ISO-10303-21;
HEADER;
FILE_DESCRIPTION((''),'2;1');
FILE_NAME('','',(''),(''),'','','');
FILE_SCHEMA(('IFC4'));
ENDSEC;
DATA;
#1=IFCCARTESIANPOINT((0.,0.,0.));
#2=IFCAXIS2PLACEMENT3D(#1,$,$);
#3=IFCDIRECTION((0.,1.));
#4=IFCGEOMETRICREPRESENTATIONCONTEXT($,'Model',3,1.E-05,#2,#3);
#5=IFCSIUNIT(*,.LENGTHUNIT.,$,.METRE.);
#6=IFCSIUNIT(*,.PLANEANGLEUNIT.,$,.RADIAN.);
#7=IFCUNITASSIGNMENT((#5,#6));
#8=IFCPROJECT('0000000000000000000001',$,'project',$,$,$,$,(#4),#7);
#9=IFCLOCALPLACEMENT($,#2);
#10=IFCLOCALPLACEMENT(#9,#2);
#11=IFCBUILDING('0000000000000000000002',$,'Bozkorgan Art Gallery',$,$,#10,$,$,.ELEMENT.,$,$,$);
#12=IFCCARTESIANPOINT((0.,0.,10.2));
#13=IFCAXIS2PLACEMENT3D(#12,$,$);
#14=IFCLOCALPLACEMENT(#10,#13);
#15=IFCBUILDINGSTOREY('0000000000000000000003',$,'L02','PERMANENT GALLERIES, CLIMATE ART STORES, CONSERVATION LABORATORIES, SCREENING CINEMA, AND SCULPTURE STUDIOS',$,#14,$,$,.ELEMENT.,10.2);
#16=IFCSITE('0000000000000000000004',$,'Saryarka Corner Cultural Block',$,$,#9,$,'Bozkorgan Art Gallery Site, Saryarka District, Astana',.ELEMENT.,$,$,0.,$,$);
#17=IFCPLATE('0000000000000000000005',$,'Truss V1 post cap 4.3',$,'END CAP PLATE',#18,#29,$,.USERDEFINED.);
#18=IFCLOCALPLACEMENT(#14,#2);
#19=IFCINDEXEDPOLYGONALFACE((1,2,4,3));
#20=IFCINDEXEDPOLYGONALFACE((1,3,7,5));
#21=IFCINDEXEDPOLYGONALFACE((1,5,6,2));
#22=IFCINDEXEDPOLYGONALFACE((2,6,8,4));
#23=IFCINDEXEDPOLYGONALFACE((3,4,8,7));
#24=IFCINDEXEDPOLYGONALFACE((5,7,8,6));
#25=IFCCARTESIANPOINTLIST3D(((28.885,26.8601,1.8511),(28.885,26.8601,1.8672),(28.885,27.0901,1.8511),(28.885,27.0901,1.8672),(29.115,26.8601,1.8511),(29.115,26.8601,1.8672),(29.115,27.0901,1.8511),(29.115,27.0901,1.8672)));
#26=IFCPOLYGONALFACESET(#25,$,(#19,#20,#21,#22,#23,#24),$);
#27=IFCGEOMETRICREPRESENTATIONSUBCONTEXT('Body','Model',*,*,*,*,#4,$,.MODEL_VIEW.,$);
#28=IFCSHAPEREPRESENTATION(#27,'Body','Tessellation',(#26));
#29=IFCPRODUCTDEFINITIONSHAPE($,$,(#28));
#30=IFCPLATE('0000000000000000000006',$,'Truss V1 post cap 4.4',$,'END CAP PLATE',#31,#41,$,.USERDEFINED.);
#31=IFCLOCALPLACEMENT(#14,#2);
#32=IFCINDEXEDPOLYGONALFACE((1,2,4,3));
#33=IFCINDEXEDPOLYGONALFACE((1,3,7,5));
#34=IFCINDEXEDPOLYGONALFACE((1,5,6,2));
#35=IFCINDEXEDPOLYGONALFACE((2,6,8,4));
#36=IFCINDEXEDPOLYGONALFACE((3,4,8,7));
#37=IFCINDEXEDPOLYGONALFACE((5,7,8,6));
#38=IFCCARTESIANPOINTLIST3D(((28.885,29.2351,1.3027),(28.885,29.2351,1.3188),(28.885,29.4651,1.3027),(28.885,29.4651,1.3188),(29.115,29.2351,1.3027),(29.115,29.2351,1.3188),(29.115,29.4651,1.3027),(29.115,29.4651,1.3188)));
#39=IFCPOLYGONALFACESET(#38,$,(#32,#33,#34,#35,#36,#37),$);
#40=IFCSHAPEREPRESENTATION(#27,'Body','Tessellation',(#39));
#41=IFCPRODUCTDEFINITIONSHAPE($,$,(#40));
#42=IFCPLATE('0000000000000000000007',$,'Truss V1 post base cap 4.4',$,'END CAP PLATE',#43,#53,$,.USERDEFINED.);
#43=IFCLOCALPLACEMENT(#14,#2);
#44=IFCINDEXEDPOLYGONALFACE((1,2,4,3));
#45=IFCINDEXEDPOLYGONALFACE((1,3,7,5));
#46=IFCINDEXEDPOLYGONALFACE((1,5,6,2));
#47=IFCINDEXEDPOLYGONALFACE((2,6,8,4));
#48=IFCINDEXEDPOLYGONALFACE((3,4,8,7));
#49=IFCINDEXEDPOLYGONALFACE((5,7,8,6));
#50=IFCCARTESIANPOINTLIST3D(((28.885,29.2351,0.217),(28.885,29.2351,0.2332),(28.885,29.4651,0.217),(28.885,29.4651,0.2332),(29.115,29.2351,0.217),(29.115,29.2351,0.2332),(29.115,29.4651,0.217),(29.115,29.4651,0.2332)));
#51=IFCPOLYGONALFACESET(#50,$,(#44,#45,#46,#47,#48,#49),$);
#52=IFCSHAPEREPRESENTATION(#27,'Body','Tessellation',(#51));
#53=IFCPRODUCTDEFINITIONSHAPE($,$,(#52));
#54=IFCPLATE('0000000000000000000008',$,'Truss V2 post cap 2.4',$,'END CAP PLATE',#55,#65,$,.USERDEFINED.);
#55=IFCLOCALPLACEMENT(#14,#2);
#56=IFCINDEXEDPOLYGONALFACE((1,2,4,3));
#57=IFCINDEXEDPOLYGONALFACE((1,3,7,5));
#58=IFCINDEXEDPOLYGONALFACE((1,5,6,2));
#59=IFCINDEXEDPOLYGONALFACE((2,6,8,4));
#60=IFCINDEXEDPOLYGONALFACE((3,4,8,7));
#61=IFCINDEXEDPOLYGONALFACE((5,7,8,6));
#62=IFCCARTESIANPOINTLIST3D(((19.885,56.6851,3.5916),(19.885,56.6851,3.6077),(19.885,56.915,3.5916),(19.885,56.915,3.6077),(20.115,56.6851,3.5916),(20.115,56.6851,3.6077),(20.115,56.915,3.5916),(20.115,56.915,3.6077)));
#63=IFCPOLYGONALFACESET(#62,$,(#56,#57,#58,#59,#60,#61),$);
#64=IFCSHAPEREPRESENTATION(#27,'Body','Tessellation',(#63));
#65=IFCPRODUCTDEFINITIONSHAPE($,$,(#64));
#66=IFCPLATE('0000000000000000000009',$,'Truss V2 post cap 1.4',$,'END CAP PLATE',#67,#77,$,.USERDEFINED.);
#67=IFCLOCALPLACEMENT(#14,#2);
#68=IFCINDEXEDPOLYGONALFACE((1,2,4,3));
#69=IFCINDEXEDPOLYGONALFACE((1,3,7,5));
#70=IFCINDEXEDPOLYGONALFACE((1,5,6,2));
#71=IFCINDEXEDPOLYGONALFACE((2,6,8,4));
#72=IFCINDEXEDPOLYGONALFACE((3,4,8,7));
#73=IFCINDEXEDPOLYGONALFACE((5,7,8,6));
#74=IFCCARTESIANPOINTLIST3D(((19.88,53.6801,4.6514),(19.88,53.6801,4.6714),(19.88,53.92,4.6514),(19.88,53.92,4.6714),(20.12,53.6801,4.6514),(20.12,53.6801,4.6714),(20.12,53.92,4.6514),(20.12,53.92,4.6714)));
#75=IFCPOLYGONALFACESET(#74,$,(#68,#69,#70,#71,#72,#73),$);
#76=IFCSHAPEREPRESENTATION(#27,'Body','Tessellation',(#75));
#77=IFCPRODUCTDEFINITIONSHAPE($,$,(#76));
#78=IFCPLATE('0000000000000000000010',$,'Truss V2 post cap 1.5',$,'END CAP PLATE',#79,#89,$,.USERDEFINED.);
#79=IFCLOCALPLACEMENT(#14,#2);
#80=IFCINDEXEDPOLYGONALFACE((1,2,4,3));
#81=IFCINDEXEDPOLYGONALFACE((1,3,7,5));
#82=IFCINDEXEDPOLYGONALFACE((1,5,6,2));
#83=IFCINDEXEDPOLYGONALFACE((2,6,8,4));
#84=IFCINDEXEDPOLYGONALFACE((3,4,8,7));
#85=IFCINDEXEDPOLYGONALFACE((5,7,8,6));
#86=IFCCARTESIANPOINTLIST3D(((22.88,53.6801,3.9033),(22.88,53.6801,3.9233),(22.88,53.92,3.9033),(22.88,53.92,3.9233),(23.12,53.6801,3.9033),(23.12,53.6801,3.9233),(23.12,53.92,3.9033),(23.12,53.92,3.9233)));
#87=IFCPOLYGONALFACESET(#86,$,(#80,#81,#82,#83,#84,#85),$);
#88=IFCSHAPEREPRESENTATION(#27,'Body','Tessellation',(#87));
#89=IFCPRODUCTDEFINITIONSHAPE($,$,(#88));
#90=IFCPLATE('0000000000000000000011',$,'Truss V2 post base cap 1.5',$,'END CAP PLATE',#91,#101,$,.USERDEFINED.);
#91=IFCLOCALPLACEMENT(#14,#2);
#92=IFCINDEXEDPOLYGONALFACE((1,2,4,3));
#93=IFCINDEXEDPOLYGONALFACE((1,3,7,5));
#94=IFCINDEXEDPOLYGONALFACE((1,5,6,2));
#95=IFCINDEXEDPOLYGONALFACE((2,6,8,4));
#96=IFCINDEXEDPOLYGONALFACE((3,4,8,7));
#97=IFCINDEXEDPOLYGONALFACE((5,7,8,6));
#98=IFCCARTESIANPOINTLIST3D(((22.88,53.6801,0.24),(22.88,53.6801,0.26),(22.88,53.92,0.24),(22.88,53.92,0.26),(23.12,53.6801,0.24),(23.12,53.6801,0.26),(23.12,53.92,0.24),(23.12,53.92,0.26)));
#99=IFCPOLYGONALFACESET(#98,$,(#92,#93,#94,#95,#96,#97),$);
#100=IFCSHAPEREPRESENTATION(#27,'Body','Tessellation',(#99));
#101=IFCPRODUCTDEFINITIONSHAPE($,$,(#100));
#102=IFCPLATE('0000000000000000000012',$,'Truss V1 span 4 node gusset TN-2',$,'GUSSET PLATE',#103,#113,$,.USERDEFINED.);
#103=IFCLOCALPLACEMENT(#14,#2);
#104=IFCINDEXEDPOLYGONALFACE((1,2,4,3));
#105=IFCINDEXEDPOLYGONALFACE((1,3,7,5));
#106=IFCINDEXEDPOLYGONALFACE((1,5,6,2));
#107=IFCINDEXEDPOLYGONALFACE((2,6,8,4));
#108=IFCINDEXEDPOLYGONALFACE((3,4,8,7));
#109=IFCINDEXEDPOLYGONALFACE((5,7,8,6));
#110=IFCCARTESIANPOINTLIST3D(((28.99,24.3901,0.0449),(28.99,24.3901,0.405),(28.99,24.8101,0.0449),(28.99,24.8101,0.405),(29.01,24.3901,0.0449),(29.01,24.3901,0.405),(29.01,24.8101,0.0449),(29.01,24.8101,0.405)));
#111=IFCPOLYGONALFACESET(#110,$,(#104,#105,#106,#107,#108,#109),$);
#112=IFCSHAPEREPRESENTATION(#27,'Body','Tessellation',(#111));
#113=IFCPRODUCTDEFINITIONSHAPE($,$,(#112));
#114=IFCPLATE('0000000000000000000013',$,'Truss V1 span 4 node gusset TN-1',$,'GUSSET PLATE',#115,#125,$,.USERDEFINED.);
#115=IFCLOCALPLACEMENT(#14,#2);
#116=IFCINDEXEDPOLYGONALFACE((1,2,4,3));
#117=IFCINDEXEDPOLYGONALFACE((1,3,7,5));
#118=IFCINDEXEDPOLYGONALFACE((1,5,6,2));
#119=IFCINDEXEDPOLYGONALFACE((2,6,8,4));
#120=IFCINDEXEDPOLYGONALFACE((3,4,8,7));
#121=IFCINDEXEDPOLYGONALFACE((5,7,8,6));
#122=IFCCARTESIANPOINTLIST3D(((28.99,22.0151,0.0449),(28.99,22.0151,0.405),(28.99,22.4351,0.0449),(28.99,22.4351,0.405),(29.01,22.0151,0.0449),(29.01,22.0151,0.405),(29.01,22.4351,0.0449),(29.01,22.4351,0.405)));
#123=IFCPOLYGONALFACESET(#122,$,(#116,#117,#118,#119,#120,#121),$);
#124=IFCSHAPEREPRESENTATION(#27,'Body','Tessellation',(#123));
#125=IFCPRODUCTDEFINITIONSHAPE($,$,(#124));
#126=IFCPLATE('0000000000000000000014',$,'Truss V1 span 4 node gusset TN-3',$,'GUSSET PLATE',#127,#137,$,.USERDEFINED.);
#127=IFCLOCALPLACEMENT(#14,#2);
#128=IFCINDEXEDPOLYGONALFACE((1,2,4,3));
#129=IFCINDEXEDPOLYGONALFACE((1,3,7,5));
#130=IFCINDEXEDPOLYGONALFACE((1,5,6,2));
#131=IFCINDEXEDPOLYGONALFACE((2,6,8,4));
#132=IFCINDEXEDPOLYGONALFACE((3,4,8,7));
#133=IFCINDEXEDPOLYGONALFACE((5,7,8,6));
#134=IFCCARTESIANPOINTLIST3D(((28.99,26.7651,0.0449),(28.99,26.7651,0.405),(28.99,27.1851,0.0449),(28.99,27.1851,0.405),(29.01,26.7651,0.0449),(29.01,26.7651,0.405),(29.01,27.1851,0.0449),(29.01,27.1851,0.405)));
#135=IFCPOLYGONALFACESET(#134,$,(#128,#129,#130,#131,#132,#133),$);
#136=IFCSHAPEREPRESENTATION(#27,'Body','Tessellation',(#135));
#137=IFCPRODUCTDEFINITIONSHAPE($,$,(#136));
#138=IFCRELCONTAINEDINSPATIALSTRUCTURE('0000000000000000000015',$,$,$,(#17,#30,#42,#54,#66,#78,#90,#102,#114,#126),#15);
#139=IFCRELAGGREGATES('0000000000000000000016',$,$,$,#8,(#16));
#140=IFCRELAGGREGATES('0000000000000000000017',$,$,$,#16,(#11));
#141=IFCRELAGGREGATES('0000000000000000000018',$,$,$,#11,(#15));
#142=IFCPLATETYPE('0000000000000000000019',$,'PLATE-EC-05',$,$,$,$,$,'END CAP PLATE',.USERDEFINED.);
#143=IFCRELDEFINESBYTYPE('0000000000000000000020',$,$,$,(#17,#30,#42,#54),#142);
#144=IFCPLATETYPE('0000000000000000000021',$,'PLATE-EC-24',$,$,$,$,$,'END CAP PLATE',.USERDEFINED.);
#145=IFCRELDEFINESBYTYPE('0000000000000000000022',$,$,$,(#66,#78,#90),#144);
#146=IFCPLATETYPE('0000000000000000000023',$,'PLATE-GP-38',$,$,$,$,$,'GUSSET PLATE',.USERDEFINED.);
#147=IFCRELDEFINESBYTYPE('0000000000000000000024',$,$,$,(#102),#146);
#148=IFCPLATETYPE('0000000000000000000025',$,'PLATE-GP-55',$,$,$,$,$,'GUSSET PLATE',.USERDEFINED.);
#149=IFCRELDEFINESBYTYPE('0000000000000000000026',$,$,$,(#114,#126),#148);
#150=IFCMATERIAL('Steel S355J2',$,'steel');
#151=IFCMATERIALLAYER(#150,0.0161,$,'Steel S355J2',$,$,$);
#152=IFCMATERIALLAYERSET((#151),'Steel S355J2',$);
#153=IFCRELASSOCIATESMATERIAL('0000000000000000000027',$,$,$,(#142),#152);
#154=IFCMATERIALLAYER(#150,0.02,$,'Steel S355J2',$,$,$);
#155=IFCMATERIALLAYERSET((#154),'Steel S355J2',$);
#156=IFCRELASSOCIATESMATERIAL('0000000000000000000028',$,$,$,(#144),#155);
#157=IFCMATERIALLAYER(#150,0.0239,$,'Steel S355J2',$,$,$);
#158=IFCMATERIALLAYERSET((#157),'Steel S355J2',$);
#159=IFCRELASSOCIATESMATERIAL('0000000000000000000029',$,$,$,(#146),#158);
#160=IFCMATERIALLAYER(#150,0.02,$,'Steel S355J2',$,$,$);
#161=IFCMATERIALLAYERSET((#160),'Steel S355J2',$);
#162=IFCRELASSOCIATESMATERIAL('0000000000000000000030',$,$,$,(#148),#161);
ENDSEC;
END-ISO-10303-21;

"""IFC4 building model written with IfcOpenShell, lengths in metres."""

from ifc_helpers import new_model, si_unit, direction, frame, origin, origin_2d, place, context, subcontext, project, spatial, rectangle, extrude, material, layer, layer_set, type_object, element, save


model = new_model("IFC4")

# Units and contexts
model_context = context("Model", 3, precision=1e-05, world=origin(), true_north=direction((0.0, 1.0)))
body_context = subcontext(model_context, "Body", "Model", "MODEL_VIEW")
ifc_project = project(units=[si_unit("LENGTHUNIT", "METRE"), si_unit("PLANEANGLEUNIT", "RADIAN")], contexts=[model_context])

# Site, building, storey
site_placement = place(None, origin())
site = spatial("IfcSite", under=ifc_project, at=site_placement, Name="Saryarka Corner Cultural Block", LongName="Bozkorgan Art Gallery Site, Saryarka District, Astana", CompositionType="ELEMENT", RefElevation=0.0)
building_placement = place(site_placement, origin())
building = spatial("IfcBuilding", under=site, at=building_placement, Name="Bozkorgan Art Gallery", CompositionType="ELEMENT")
storey_placement = place(building_placement, frame((0.0, 0.0, 10.2)))
storey = spatial("IfcBuildingStorey", under=building, at=storey_placement, Name="L02", Description="PERMANENT GALLERIES, CLIMATE ART STORES, CONSERVATION LABORATORIES, SCREENING CINEMA, AND SCULPTURE STUDIOS", CompositionType="ELEMENT", Elevation=10.2)

# Shared definitions
ifc_material = material(Name="Steel S355J2", Category="steel")

# Plates
ifc_layer_1 = layer(ifc_material, 0.0161, Name="Steel S355J2")
ifc_layer_set_1 = layer_set([ifc_layer_1], Name="Steel S355J2")
plate_type_1 = type_object("IfcPlateType", Name="PLATE-EC-05", ElementType="END CAP PLATE", PredefinedType="USERDEFINED", material=ifc_layer_set_1)
for number, where, z_axis, x_axis, name in (
    (1, (29.0, 26.9751, 1.8511), (0.0, 0.0, 1.0), (1.0, 0.0, 0.0), "Truss V1 post cap 4.3"),
    (2, (29.0, 29.3501, 1.3027), (0.0, 0.0, 1.0), (1.0, 0.0, 0.0), "Truss V1 post cap 4.4"),
    (3, (29.0, 29.3501, 0.217), (0.0, 0.0, 1.0), (1.0, 0.0, 0.0), "Truss V1 post base cap 4.4"),
    (4, (20.0, 56.8, 3.5916), (0.0, 0.0, 1.0), (1.0, 0.0, 0.0), "Truss V2 post cap 2.4"),
):
    element("IfcPlate", number, at=place(storey_placement, frame(where, z_axis=z_axis, x_axis=x_axis)), inside=storey, type_object=plate_type_1, Name=name, ObjectType="END CAP PLATE", PredefinedType="USERDEFINED", context=body_context, shape_type="SweptSolid", body=[
        extrude(rectangle(XDim=0.23, YDim=0.23, at=origin_2d()), origin(), (0.0, 0.0, 1.0), 0.0161),
    ])
ifc_layer_2 = layer(ifc_material, 0.02, Name="Steel S355J2")
ifc_layer_set_2 = layer_set([ifc_layer_2], Name="Steel S355J2")
plate_type_2 = type_object("IfcPlateType", Name="PLATE-EC-24", ElementType="END CAP PLATE", PredefinedType="USERDEFINED", material=ifc_layer_set_2)
for number, where, z_axis, x_axis, name in (
    (5, (20.0, 53.8, 4.6514), (0.0, 0.0, 1.0), (1.0, 0.0, 0.0), "Truss V2 post cap 1.4"),
    (6, (23.0, 53.8, 3.9033), (0.0, 0.0, 1.0), (1.0, 0.0, 0.0), "Truss V2 post cap 1.5"),
    (7, (23.0, 53.8, 0.24), (0.0, 0.0, 1.0), (1.0, 0.0, 0.0), "Truss V2 post base cap 1.5"),
):
    element("IfcPlate", number, at=place(storey_placement, frame(where, z_axis=z_axis, x_axis=x_axis)), inside=storey, type_object=plate_type_2, Name=name, ObjectType="END CAP PLATE", PredefinedType="USERDEFINED", context=body_context, shape_type="SweptSolid", body=[
        extrude(rectangle(XDim=0.24, YDim=0.24, at=origin_2d()), origin(), (0.0, 0.0, 1.0), 0.02),
    ])
ifc_layer_3 = layer(ifc_material, 0.0239, Name="Steel S355J2")
ifc_layer_set_3 = layer_set([ifc_layer_3], Name="Steel S355J2")
plate_type_3 = type_object("IfcPlateType", Name="PLATE-GP-38", ElementType="GUSSET PLATE", PredefinedType="USERDEFINED", material=ifc_layer_set_3)
plate_placement = place(storey_placement, frame((29.0, 24.6001, 0.0449), z_axis=(0.0, 0.0, 1.0), x_axis=(1.0, 0.0, 0.0)))
element("IfcPlate", 8, at=plate_placement, inside=storey, type_object=plate_type_3, Name="Truss V1 span 4 node gusset TN-2", ObjectType="GUSSET PLATE", PredefinedType="USERDEFINED", context=body_context, shape_type="SweptSolid", body=[
    extrude(rectangle(XDim=0.02, YDim=0.4199, at=origin_2d()), origin(), (0.0, 0.0, 1.0), 0.3601),
])
ifc_layer_4 = layer(ifc_material, 0.02, Name="Steel S355J2")
ifc_layer_set_4 = layer_set([ifc_layer_4], Name="Steel S355J2")
plate_type_4 = type_object("IfcPlateType", Name="PLATE-GP-55", ElementType="GUSSET PLATE", PredefinedType="USERDEFINED", material=ifc_layer_set_4)
for number, where, z_axis, x_axis, name in (
    (9, (29.0, 22.2251, 0.0449), (0.0, 0.0, 1.0), (1.0, 0.0, 0.0), "Truss V1 span 4 node gusset TN-1"),
    (10, (29.0, 26.9751, 0.0449), (0.0, 0.0, 1.0), (1.0, 0.0, 0.0), "Truss V1 span 4 node gusset TN-3"),
):
    element("IfcPlate", number, at=place(storey_placement, frame(where, z_axis=z_axis, x_axis=x_axis)), inside=storey, type_object=plate_type_4, Name=name, ObjectType="GUSSET PLATE", PredefinedType="USERDEFINED", context=body_context, shape_type="SweptSolid", body=[
        extrude(rectangle(XDim=0.02, YDim=0.4199, at=origin_2d()), origin(), (0.0, 0.0, 1.0), 0.3601),
    ])

save(model, "model.ifc")
